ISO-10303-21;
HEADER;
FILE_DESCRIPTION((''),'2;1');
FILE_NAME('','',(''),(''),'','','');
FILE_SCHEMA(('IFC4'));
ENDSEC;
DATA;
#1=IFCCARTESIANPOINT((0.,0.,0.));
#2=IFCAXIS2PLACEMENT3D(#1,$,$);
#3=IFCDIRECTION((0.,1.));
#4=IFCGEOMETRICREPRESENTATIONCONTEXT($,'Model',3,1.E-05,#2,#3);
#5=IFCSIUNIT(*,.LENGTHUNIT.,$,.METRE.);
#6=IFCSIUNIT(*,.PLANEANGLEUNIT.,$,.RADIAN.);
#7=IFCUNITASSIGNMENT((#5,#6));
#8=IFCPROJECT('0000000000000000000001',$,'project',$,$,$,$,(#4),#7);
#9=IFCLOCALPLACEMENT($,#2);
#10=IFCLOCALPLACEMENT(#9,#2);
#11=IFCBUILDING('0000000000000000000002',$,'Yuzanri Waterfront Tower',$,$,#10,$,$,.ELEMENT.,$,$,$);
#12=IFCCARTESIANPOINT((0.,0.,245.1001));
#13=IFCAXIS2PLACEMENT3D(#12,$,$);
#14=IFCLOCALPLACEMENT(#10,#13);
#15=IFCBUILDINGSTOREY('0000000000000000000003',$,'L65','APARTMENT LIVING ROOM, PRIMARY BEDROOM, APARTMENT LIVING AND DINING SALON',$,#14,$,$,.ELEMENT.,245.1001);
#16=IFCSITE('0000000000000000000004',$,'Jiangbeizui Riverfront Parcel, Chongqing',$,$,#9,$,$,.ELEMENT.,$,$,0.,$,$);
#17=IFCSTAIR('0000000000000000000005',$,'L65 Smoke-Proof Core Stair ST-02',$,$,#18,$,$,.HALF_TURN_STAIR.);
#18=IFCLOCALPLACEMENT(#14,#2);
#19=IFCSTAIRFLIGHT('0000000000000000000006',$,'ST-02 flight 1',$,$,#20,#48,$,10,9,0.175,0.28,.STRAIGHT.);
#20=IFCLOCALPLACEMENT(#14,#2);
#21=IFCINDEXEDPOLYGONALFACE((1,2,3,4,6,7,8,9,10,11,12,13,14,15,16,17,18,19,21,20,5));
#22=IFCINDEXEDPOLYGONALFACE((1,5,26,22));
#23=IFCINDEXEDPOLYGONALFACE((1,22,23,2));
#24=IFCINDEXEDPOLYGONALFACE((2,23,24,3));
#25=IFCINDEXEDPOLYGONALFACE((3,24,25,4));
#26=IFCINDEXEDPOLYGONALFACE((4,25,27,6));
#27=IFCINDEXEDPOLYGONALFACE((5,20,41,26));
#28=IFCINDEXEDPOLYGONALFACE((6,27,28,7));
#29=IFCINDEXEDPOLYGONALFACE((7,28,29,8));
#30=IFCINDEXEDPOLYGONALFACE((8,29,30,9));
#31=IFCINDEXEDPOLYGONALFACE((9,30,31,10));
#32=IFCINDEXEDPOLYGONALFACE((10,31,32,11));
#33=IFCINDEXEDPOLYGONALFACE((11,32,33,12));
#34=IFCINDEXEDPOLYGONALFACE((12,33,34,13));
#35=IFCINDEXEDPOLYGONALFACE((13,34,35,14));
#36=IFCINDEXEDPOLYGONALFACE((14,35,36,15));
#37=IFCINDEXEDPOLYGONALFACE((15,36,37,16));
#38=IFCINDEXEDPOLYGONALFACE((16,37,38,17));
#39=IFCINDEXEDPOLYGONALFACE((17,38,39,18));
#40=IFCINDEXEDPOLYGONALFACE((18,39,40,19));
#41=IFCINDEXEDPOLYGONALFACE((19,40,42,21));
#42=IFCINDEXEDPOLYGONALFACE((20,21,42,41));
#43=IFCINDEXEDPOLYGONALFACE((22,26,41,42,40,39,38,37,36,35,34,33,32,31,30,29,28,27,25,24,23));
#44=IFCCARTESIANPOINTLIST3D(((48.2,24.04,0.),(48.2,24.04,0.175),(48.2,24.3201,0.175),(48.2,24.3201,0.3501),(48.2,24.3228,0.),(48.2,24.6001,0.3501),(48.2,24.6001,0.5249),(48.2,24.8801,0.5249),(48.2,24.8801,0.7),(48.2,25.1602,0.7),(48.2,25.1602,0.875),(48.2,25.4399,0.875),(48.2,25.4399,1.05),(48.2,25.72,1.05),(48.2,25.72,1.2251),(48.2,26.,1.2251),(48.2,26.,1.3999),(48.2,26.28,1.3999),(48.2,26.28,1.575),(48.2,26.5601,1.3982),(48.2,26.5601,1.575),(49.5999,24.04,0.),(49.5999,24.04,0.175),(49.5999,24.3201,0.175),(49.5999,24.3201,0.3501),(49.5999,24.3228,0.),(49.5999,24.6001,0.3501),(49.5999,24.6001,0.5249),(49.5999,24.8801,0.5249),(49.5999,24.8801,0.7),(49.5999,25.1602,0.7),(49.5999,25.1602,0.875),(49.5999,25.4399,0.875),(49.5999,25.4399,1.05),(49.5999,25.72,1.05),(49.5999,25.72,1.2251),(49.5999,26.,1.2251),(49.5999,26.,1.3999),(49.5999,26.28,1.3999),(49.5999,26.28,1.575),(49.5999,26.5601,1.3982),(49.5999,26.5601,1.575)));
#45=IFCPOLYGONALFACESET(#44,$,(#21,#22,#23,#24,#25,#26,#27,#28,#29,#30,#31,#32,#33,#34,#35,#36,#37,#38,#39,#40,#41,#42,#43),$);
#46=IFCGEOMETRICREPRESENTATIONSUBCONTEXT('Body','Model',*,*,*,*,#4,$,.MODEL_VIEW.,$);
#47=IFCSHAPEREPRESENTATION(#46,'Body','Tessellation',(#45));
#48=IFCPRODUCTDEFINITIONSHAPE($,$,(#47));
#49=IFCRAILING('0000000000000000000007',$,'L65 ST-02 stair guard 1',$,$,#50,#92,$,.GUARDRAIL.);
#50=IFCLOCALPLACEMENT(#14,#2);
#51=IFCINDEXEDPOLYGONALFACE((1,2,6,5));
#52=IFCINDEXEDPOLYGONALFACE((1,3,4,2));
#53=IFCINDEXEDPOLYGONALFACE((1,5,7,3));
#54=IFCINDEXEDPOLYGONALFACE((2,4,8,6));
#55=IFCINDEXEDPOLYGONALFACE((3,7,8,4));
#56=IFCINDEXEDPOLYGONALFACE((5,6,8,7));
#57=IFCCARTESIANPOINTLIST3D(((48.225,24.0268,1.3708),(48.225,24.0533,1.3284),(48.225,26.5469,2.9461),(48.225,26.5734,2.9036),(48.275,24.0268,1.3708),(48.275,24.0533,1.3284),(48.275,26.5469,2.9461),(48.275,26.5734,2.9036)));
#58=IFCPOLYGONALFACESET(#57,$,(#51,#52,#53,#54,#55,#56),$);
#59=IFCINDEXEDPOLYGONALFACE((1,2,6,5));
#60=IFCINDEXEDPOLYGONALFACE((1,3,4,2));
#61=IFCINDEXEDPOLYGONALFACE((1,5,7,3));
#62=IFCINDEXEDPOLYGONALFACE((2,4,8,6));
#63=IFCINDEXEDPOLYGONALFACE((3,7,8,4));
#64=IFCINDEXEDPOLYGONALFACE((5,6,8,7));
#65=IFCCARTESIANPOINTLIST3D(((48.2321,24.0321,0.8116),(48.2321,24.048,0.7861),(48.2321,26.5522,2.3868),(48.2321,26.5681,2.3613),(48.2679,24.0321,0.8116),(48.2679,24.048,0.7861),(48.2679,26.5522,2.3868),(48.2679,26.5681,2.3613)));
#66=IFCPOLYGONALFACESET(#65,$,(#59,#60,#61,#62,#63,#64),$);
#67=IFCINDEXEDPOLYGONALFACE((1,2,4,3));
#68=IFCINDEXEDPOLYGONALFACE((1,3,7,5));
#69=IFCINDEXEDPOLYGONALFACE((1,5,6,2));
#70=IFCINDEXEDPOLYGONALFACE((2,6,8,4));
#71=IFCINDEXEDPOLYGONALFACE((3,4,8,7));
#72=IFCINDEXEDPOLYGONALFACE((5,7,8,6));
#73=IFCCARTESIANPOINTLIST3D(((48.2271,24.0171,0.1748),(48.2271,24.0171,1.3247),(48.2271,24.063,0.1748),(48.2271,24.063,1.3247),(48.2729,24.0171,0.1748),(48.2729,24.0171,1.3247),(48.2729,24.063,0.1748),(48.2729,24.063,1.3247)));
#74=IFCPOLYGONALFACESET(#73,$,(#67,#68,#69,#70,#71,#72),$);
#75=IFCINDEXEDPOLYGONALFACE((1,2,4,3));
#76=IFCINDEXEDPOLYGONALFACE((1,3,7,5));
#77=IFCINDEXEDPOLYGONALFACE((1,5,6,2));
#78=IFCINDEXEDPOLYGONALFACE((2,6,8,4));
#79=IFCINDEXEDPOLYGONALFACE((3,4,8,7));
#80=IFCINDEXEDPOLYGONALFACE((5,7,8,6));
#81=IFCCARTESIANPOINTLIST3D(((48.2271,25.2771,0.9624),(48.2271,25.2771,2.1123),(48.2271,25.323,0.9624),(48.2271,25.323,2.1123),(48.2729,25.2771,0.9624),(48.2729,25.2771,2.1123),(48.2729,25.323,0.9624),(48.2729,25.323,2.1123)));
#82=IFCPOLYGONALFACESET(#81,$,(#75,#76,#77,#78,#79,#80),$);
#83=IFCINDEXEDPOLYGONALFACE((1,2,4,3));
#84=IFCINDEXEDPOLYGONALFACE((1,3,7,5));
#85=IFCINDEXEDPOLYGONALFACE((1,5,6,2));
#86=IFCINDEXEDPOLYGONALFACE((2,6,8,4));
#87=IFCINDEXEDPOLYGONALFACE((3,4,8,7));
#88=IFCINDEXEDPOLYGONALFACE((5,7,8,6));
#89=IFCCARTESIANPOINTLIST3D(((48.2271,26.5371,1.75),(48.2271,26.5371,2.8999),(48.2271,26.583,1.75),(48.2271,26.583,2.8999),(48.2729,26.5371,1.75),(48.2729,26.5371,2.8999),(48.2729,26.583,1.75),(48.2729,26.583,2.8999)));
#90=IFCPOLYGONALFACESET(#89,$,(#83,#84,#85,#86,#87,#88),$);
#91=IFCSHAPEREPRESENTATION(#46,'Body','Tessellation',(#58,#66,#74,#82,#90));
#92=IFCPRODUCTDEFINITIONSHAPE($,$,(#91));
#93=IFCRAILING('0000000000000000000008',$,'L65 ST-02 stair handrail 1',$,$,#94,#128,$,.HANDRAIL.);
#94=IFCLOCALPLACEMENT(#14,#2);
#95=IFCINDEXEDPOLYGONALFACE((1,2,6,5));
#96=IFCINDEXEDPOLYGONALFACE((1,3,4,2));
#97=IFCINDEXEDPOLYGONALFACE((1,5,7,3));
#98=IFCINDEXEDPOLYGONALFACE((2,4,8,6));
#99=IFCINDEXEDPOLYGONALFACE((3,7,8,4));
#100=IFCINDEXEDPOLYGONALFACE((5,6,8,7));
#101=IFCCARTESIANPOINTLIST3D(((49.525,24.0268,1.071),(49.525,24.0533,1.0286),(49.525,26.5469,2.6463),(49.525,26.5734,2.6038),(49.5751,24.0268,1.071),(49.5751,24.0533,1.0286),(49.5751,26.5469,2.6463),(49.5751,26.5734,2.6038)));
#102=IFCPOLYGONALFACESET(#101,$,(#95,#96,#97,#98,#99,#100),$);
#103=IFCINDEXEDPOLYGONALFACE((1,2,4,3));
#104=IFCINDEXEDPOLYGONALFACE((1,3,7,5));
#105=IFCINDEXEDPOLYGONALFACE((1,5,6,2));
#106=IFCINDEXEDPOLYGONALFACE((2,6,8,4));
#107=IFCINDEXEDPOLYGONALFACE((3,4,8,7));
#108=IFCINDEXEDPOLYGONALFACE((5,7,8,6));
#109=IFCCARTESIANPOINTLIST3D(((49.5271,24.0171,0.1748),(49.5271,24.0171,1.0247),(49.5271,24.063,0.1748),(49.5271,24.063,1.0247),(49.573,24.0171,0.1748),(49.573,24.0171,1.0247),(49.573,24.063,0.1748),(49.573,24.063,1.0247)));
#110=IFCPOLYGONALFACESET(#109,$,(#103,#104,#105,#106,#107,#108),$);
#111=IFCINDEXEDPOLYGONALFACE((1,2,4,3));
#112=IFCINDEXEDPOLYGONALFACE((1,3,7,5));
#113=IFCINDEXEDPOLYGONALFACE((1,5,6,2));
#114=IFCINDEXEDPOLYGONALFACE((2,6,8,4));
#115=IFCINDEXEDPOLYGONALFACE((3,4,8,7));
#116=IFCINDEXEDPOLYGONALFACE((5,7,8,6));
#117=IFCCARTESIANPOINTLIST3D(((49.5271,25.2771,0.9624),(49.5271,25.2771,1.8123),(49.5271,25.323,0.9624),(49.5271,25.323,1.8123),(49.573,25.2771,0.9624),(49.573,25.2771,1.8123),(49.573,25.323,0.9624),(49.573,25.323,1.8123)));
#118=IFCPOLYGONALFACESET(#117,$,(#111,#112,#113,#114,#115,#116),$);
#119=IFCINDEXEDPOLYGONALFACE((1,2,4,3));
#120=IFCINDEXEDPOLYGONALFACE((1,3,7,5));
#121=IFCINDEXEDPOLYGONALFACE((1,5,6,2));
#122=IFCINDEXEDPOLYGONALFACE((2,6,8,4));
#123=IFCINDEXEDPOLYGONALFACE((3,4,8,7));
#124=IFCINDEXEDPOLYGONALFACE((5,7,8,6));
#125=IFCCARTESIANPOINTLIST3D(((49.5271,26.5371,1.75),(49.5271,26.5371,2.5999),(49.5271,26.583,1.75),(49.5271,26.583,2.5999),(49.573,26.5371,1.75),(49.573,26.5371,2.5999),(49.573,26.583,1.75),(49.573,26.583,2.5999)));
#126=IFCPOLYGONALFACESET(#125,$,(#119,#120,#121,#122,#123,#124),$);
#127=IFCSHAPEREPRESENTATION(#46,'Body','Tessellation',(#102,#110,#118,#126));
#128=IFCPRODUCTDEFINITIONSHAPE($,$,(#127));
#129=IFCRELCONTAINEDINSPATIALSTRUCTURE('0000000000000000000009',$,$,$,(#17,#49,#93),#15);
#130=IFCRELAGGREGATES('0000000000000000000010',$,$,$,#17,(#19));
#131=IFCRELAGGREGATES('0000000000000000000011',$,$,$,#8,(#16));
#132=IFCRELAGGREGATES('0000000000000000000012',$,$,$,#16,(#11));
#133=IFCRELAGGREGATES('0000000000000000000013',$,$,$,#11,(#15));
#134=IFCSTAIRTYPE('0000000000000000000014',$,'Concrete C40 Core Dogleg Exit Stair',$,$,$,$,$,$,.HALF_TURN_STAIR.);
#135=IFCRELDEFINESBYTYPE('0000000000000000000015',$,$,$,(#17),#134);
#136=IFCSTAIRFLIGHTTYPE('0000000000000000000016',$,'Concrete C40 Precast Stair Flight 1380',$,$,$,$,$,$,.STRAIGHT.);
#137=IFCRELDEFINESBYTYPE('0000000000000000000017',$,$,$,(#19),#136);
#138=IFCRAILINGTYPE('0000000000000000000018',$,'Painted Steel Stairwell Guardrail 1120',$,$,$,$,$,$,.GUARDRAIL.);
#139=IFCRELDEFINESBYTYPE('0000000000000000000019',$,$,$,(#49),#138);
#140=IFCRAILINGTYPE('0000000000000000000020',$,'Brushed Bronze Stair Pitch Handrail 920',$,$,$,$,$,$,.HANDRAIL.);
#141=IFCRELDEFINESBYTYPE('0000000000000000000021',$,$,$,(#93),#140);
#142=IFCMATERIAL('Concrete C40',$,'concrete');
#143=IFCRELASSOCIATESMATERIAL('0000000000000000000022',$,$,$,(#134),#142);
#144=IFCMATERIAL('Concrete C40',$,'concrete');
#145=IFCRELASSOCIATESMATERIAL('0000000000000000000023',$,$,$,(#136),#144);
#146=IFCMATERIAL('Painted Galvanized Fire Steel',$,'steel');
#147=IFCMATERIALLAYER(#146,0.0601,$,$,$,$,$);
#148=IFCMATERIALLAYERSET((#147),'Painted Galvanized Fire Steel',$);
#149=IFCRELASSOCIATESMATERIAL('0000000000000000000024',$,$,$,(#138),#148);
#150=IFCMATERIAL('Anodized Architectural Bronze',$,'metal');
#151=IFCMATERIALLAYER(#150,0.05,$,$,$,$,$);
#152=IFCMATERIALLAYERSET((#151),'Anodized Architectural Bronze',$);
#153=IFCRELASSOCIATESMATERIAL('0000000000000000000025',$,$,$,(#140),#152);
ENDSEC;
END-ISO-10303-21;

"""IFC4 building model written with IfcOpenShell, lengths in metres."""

from ifc_helpers import new_model, si_unit, direction, frame, origin, origin_2d, place, context, subcontext, project, spatial, polyline, rectangle, outline, extrude, source, transform, mapped, material, layer, layer_set, type_object, element, aggregate, save


model = new_model("IFC4")

# Units and contexts
model_context = context("Model", 3, precision=1e-05, world=origin(), true_north=direction((0.0, 1.0)))
body_context = subcontext(model_context, "Body", "Model", "MODEL_VIEW")
ifc_project = project(units=[si_unit("LENGTHUNIT", "METRE"), si_unit("PLANEANGLEUNIT", "RADIAN")], contexts=[model_context])

# Site, building, storey
site_placement = place(None, origin())
site = spatial("IfcSite", under=ifc_project, at=site_placement, Name="Jiangbeizui Riverfront Parcel, Chongqing", CompositionType="ELEMENT", RefElevation=0.0)
building_placement = place(site_placement, origin())
building = spatial("IfcBuilding", under=site, at=building_placement, Name="Yuzanri Waterfront Tower", CompositionType="ELEMENT")
storey_placement = place(building_placement, frame((0.0, 0.0, 245.1001)))
storey = spatial("IfcBuildingStorey", under=building, at=storey_placement, Name="L65", Description="APARTMENT LIVING ROOM, PRIMARY BEDROOM, APARTMENT LIVING AND DINING SALON", CompositionType="ELEMENT", Elevation=245.1001)

# Stair, stair flight
ifc_material_1 = material(Name="Concrete C40", Category="concrete")
stair_type = type_object("IfcStairType", Name="Concrete C40 Core Dogleg Exit Stair", PredefinedType="HALF_TURN_STAIR", material=ifc_material_1)
stair_placement = place(storey_placement, origin())
stair = element("IfcStair", 1, at=stair_placement, inside=storey, type_object=stair_type, Name="L65 Smoke-Proof Core Stair ST-02", PredefinedType="HALF_TURN_STAIR")
ifc_material_2 = material(Name="Concrete C40", Category="concrete")
stair_flight_type = type_object("IfcStairFlightType", Name="Concrete C40 Precast Stair Flight 1380", PredefinedType="STRAIGHT", material=ifc_material_2)
shared_shape_1 = source(origin(), body_context, "Body", "SweptSolid", [
    extrude(outline(polyline([(0.0, 0.0), (0.0, 0.175), (0.28, 0.175), (0.28, 0.3501), (0.5601, 0.3501), (0.5601, 0.5249), (0.8401, 0.5249), (0.8401, 0.7), (1.1201, 0.7), (1.1201, 0.875), (1.3999, 0.875), (1.3999, 1.05), (1.6799, 1.05), (1.6799, 1.2251), (1.96, 1.2251), (1.96, 1.3999), (2.24, 1.3999), (2.24, 1.575), (2.52, 1.575), (2.52, 1.75), (2.52, 1.3982), (0.2827, 0.0), (0.0, 0.0)])), frame((0.0, 0.7, 0.0), z_axis=(0.0, -1.0, 0.0), x_axis=(1.0, 0.0, 0.0)), (0.0, 0.0, 1.0), 1.3999),
])
stair_flight_placement = place(storey_placement, frame((48.8999, 24.04, 0.0), z_axis=(0.0, 0.0, 1.0), x_axis=(0.0, 1.0, 0.0)))
stair_flight = element("IfcStairFlight", 2, at=stair_flight_placement, type_object=stair_flight_type, Name="ST-02 flight 1", NumberOfRisers=10, NumberOfTreads=9, PredefinedType="STRAIGHT", RiserHeight=0.175, TreadLength=0.28, context=body_context, shape_type="MappedRepresentation", body=[
    mapped(shared_shape_1, transform((0.0, 0.0, 0.0), scale=1.0)),
])
aggregate(stair, [stair_flight])

# Railings
ifc_material_3 = material(Name="Painted Galvanized Fire Steel", Category="steel")
ifc_layer_1 = layer(ifc_material_3, 0.0601)
ifc_layer_set_1 = layer_set([ifc_layer_1], Name="Painted Galvanized Fire Steel")
railing_type_1 = type_object("IfcRailingType", Name="Painted Steel Stairwell Guardrail 1120", PredefinedType="GUARDRAIL", material=ifc_layer_set_1)
shared_shape_2 = source(origin(), body_context, "Body", "SweptSolid", [
    extrude(rectangle(XDim=0.05, YDim=0.05, at=origin_2d()), frame((0.0, 0.0, 1.1748), z_axis=(0.0, 0.847971, 0.530043), x_axis=(-1.0, 0.0, 0.0)), (0.0, 0.0, 1.0), 2.9719),
    extrude(rectangle(XDim=0.0359, YDim=0.03, at=origin_2d()), frame((0.0, 0.0, 0.624), z_axis=(0.0, 0.847971, 0.530043), x_axis=(-1.0, 0.0, 0.0)), (0.0, 0.0, 1.0), 2.9719),
    extrude(rectangle(XDim=0.0459, YDim=0.0459, at=origin_2d()), origin(), (0.0, 0.0, 1.0), 1.1499),
    extrude(rectangle(XDim=0.0459, YDim=0.0459, at=origin_2d()), frame((0.0, 1.26, 0.7876)), (0.0, 0.0, 1.0), 1.1499),
    extrude(rectangle(XDim=0.0459, YDim=0.0459, at=origin_2d()), frame((0.0, 2.52, 1.5752)), (0.0, 0.0, 1.0), 1.1499),
])
railing_1_placement = place(storey_placement, frame((48.25, 24.04, 0.1748)))
element("IfcRailing", 3, at=railing_1_placement, inside=storey, type_object=railing_type_1, Name="L65 ST-02 stair guard 1", PredefinedType="GUARDRAIL", context=body_context, shape_type="MappedRepresentation", body=[
    mapped(shared_shape_2, transform((0.0, 0.0, 0.0), scale=1.0)),
])
ifc_material_4 = material(Name="Anodized Architectural Bronze", Category="metal")
ifc_layer_2 = layer(ifc_material_4, 0.05)
ifc_layer_set_2 = layer_set([ifc_layer_2], Name="Anodized Architectural Bronze")
railing_type_2 = type_object("IfcRailingType", Name="Brushed Bronze Stair Pitch Handrail 920", PredefinedType="HANDRAIL", material=ifc_layer_set_2)
shared_shape_3 = source(origin(), body_context, "Body", "SweptSolid", [
    extrude(rectangle(XDim=0.05, YDim=0.05, at=origin_2d()), frame((0.0, 0.0, 0.875), z_axis=(0.0, 0.847971, 0.530043), x_axis=(-1.0, 0.0, 0.0)), (0.0, 0.0, 1.0), 2.9719),
    extrude(rectangle(XDim=0.0459, YDim=0.0459, at=origin_2d()), origin(), (0.0, 0.0, 1.0), 0.8499),
    extrude(rectangle(XDim=0.0459, YDim=0.0459, at=origin_2d()), frame((0.0, 1.26, 0.7876)), (0.0, 0.0, 1.0), 0.8499),
    extrude(rectangle(XDim=0.0459, YDim=0.0459, at=origin_2d()), frame((0.0, 2.52, 1.5752)), (0.0, 0.0, 1.0), 0.8499),
])
railing_2_placement = place(storey_placement, frame((49.55, 24.04, 0.1748)))
element("IfcRailing", 4, at=railing_2_placement, inside=storey, type_object=railing_type_2, Name="L65 ST-02 stair handrail 1", PredefinedType="HANDRAIL", context=body_context, shape_type="MappedRepresentation", body=[
    mapped(shared_shape_3, transform((0.0, 0.0, 0.0), scale=1.0)),
])

save(model, "model.ifc")
